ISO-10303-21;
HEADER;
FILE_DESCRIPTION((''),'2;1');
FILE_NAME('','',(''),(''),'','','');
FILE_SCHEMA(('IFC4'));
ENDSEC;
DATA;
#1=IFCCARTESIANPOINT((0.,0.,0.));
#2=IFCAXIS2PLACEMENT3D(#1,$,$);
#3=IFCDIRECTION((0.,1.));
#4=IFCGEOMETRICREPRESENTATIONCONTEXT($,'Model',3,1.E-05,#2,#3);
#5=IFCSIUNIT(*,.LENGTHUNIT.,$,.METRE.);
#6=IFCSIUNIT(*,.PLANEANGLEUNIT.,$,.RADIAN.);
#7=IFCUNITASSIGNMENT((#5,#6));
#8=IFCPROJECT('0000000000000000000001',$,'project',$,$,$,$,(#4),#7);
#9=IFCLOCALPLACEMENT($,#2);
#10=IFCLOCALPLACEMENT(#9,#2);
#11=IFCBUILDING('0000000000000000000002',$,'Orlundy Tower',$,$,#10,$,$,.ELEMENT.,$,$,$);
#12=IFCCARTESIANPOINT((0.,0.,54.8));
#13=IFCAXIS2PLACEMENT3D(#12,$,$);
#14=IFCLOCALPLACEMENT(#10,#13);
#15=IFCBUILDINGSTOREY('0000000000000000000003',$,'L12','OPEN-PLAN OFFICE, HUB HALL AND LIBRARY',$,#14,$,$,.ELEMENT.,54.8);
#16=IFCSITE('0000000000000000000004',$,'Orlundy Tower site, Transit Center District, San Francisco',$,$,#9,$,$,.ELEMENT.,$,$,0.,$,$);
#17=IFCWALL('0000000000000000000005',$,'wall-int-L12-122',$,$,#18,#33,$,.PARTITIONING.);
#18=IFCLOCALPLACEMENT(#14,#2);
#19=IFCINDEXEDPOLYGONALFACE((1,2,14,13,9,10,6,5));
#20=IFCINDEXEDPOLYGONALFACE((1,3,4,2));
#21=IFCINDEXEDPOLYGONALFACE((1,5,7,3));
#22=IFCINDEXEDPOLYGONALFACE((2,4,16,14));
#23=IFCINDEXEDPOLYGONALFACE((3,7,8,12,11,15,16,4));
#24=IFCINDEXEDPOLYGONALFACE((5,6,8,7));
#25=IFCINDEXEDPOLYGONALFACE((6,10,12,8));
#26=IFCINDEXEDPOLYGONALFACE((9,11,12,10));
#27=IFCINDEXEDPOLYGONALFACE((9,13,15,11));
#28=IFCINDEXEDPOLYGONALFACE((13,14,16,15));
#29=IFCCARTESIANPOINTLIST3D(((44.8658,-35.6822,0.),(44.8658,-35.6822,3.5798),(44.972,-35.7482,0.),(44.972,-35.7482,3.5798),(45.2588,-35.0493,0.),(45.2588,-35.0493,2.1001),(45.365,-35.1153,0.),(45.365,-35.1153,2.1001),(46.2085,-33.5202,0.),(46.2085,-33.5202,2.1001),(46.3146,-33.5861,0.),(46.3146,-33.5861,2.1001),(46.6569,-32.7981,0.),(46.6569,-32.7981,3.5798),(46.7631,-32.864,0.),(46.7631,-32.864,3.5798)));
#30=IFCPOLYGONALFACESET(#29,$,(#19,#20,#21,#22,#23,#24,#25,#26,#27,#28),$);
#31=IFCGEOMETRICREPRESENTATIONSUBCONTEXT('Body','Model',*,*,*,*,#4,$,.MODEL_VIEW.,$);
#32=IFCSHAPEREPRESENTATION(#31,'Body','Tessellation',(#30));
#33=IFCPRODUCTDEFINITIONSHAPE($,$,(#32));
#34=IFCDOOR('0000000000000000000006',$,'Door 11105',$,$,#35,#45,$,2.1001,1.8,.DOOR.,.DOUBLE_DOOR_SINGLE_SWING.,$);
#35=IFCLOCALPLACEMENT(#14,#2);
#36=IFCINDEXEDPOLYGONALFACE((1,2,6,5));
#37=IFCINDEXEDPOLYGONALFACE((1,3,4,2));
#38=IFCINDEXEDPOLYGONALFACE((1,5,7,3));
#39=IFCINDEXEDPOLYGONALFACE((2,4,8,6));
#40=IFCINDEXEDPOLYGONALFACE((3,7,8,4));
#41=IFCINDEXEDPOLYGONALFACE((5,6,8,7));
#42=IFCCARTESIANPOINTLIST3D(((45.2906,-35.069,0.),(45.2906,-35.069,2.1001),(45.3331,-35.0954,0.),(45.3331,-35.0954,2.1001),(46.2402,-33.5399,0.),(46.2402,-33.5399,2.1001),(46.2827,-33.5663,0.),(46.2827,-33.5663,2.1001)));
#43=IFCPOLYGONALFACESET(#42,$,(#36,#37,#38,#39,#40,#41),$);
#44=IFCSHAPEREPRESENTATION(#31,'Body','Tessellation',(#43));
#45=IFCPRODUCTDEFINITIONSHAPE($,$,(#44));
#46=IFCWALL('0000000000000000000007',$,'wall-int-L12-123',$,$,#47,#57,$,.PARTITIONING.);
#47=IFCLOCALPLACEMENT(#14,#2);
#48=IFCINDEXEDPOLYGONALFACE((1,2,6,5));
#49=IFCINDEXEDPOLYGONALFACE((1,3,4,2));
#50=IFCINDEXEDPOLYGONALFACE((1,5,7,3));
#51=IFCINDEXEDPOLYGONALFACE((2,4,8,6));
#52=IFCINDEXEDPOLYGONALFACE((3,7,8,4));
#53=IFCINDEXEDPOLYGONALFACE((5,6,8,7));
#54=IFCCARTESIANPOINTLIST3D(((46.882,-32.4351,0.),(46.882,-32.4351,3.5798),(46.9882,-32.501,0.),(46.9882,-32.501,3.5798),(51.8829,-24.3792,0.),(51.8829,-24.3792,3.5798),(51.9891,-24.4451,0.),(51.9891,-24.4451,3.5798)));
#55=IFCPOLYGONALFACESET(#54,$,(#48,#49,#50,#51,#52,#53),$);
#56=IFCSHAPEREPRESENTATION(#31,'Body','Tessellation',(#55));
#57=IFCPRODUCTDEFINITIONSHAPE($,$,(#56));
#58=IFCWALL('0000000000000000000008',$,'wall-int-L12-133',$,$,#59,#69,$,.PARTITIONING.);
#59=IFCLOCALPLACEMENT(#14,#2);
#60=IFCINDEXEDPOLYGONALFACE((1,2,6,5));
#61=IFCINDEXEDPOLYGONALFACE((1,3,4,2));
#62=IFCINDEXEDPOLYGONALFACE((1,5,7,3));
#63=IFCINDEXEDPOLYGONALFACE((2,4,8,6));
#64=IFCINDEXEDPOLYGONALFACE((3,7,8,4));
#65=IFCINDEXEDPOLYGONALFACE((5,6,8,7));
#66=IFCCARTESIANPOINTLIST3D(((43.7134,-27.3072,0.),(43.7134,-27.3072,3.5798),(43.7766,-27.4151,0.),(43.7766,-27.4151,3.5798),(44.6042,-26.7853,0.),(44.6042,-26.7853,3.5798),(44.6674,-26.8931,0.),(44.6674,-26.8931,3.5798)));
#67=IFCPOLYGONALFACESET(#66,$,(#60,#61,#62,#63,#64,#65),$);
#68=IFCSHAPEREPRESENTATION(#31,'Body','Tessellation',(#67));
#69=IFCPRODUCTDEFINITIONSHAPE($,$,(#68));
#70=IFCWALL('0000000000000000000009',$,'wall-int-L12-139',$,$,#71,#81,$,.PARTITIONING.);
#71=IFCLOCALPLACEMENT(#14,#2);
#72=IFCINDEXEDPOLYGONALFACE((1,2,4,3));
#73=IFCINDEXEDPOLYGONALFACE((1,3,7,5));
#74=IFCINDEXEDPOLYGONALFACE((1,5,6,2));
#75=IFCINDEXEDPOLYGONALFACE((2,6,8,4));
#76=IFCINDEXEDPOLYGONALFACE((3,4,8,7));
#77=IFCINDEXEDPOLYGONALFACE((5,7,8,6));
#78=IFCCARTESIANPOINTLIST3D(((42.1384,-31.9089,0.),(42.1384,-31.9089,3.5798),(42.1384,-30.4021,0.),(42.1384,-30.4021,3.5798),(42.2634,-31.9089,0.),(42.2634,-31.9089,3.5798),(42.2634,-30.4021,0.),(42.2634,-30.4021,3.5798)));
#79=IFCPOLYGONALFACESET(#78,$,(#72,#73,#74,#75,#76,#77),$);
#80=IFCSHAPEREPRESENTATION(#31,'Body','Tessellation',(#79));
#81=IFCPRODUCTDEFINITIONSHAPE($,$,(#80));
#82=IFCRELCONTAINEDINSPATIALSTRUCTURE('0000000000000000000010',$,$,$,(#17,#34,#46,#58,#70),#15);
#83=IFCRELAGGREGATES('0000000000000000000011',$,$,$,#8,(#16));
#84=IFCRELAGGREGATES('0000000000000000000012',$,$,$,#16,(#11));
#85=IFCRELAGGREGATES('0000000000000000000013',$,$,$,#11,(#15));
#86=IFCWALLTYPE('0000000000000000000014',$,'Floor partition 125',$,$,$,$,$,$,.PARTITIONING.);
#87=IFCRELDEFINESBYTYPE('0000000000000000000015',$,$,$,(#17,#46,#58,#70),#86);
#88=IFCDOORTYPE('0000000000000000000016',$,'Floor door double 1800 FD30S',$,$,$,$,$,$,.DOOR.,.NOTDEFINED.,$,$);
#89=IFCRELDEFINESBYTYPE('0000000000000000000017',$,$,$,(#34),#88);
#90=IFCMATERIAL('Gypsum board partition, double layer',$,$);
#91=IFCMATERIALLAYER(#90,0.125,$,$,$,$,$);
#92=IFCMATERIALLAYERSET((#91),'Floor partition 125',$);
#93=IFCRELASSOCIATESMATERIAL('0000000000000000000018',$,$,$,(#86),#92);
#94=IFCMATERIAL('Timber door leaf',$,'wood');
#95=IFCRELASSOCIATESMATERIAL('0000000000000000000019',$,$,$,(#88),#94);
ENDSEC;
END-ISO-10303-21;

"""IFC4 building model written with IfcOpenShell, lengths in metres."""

from ifc_helpers import new_model, si_unit, direction, frame, frame_2d, origin, place, context, subcontext, project, spatial, rectangle, extrude, material, layer, layer_set, type_object, element, fill, save


model = new_model("IFC4")

# Units and contexts
model_context = context("Model", 3, precision=1e-05, world=origin(), true_north=direction((0.0, 1.0)))
body_context = subcontext(model_context, "Body", "Model", "MODEL_VIEW")
ifc_project = project(units=[si_unit("LENGTHUNIT", "METRE"), si_unit("PLANEANGLEUNIT", "RADIAN")], contexts=[model_context])

# Site, building, storey
site_placement = place(None, origin())
site = spatial("IfcSite", under=ifc_project, at=site_placement, Name="Orlundy Tower site, Transit Center District, San Francisco", CompositionType="ELEMENT", RefElevation=0.0)
building_placement = place(site_placement, origin())
building = spatial("IfcBuilding", under=site, at=building_placement, Name="Orlundy Tower", CompositionType="ELEMENT")
storey_placement = place(building_placement, frame((0.0, 0.0, 54.8)))
storey = spatial("IfcBuildingStorey", under=building, at=storey_placement, Name="L12", Description="OPEN-PLAN OFFICE, HUB HALL AND LIBRARY", CompositionType="ELEMENT", Elevation=54.8)

# Shared definitions
ifc_material_1 = material(Name="Gypsum board partition, double layer")
ifc_layer_1 = layer(ifc_material_1, 0.125)
ifc_layer_set_1 = layer_set([ifc_layer_1], Name="Floor partition 125")
wall_type_1 = type_object("IfcWallType", Name="Floor partition 125", PredefinedType="PARTITIONING", material=ifc_layer_set_1)

# Shared definitions
ifc_material_2 = material(Name="Timber door leaf", Category="wood")
door_type = type_object("IfcDoorType", Name="Floor door double 1800 FD30S", OperationType="NOTDEFINED", PredefinedType="DOOR", material=ifc_material_2)

# Wall, opening, door
wall_1_placement = place(storey_placement, frame((46.71, -32.8311, 0.0), z_axis=(0.0, 0.0, 1.0), x_axis=(-0.52756, -0.849518, 0.0)))
wall_1 = element("IfcWall", 1, at=wall_1_placement, inside=storey, type_object=wall_type_1, Name="wall-int-L12-122", PredefinedType="PARTITIONING", context=body_context, shape_type="SweptSolid", body=[
    extrude(rectangle(XDim=3.395, YDim=0.125, at=frame_2d((1.6975, 0.0))), origin(), (0.0, 0.0, 1.0), 3.5798),
])
opening_1_placement = place(wall_1_placement, frame((0.8501, 0.0, 0.0)))
opening_1 = element("IfcOpeningElement", 2, at=opening_1_placement, cuts=wall_1, PredefinedType="OPENING", context=body_context, shape_type="SweptSolid", body=[
    extrude(rectangle(XDim=1.8, YDim=2.1001, at=frame_2d((0.8999, 1.05))), frame((0.0, 0.0725, 0.0), z_axis=(0.0, -1.0, 0.0), x_axis=(1.0, 0.0, 0.0)), (0.0, 0.0, 1.0), 0.145),
])
door_1_placement = place(opening_1_placement, origin())
door_1 = element("IfcDoor", 3, at=door_1_placement, inside=storey, type_object=door_type, Name="Door 11105", OperationType="DOUBLE_DOOR_SINGLE_SWING", OverallHeight=2.1001, OverallWidth=1.8, PredefinedType="DOOR", context=body_context, shape_type="SweptSolid", body=[
    extrude(rectangle(XDim=1.8, YDim=2.1001, at=frame_2d((0.8999, 1.05))), frame((0.0, 0.0249, 0.0), z_axis=(0.0, -1.0, 0.0), x_axis=(1.0, 0.0, 0.0)), (0.0, 0.0, 1.0), 0.05),
])
fill(opening_1, door_1)

# Walls
wall_2_placement = place(storey_placement, frame((46.9351, -32.468, 0.0), z_axis=(0.0, 0.0, 1.0), x_axis=(0.527421, 0.849604, 0.0)))
element("IfcWall", 4, at=wall_2_placement, inside=storey, type_object=wall_type_1, Name="wall-int-L12-123", PredefinedType="PARTITIONING", context=body_context, shape_type="SweptSolid", body=[
    extrude(rectangle(XDim=9.4819, YDim=0.125, at=frame_2d((4.741, 0.0))), origin(), (0.0, 0.0, 1.0), 3.5798),
])
wall_3_placement = place(storey_placement, frame((43.7451, -27.3611, 0.0), z_axis=(0.0, 0.0, 1.0), x_axis=(0.862808, 0.505531, 0.0)))
element("IfcWall", 5, at=wall_3_placement, inside=storey, type_object=wall_type_1, Name="wall-int-L12-133", PredefinedType="PARTITIONING", context=body_context, shape_type="SweptSolid", body=[
    extrude(rectangle(XDim=1.0325, YDim=0.125, at=frame_2d((0.5161, 0.0))), origin(), (0.0, 0.0, 1.0), 3.5798),
])
wall_4_placement = place(storey_placement, frame((42.2009, -31.9089, 0.0), z_axis=(0.0, 0.0, 1.0), x_axis=(0.0, 1.0, 0.0)))
element("IfcWall", 6, at=wall_4_placement, inside=storey, type_object=wall_type_1, Name="wall-int-L12-139", PredefinedType="PARTITIONING", context=body_context, shape_type="SweptSolid", body=[
    extrude(rectangle(XDim=1.5068, YDim=0.125, at=frame_2d((0.7534, 0.0))), origin(), (0.0, 0.0, 1.0), 3.5798),
])

save(model, "model.ifc")
